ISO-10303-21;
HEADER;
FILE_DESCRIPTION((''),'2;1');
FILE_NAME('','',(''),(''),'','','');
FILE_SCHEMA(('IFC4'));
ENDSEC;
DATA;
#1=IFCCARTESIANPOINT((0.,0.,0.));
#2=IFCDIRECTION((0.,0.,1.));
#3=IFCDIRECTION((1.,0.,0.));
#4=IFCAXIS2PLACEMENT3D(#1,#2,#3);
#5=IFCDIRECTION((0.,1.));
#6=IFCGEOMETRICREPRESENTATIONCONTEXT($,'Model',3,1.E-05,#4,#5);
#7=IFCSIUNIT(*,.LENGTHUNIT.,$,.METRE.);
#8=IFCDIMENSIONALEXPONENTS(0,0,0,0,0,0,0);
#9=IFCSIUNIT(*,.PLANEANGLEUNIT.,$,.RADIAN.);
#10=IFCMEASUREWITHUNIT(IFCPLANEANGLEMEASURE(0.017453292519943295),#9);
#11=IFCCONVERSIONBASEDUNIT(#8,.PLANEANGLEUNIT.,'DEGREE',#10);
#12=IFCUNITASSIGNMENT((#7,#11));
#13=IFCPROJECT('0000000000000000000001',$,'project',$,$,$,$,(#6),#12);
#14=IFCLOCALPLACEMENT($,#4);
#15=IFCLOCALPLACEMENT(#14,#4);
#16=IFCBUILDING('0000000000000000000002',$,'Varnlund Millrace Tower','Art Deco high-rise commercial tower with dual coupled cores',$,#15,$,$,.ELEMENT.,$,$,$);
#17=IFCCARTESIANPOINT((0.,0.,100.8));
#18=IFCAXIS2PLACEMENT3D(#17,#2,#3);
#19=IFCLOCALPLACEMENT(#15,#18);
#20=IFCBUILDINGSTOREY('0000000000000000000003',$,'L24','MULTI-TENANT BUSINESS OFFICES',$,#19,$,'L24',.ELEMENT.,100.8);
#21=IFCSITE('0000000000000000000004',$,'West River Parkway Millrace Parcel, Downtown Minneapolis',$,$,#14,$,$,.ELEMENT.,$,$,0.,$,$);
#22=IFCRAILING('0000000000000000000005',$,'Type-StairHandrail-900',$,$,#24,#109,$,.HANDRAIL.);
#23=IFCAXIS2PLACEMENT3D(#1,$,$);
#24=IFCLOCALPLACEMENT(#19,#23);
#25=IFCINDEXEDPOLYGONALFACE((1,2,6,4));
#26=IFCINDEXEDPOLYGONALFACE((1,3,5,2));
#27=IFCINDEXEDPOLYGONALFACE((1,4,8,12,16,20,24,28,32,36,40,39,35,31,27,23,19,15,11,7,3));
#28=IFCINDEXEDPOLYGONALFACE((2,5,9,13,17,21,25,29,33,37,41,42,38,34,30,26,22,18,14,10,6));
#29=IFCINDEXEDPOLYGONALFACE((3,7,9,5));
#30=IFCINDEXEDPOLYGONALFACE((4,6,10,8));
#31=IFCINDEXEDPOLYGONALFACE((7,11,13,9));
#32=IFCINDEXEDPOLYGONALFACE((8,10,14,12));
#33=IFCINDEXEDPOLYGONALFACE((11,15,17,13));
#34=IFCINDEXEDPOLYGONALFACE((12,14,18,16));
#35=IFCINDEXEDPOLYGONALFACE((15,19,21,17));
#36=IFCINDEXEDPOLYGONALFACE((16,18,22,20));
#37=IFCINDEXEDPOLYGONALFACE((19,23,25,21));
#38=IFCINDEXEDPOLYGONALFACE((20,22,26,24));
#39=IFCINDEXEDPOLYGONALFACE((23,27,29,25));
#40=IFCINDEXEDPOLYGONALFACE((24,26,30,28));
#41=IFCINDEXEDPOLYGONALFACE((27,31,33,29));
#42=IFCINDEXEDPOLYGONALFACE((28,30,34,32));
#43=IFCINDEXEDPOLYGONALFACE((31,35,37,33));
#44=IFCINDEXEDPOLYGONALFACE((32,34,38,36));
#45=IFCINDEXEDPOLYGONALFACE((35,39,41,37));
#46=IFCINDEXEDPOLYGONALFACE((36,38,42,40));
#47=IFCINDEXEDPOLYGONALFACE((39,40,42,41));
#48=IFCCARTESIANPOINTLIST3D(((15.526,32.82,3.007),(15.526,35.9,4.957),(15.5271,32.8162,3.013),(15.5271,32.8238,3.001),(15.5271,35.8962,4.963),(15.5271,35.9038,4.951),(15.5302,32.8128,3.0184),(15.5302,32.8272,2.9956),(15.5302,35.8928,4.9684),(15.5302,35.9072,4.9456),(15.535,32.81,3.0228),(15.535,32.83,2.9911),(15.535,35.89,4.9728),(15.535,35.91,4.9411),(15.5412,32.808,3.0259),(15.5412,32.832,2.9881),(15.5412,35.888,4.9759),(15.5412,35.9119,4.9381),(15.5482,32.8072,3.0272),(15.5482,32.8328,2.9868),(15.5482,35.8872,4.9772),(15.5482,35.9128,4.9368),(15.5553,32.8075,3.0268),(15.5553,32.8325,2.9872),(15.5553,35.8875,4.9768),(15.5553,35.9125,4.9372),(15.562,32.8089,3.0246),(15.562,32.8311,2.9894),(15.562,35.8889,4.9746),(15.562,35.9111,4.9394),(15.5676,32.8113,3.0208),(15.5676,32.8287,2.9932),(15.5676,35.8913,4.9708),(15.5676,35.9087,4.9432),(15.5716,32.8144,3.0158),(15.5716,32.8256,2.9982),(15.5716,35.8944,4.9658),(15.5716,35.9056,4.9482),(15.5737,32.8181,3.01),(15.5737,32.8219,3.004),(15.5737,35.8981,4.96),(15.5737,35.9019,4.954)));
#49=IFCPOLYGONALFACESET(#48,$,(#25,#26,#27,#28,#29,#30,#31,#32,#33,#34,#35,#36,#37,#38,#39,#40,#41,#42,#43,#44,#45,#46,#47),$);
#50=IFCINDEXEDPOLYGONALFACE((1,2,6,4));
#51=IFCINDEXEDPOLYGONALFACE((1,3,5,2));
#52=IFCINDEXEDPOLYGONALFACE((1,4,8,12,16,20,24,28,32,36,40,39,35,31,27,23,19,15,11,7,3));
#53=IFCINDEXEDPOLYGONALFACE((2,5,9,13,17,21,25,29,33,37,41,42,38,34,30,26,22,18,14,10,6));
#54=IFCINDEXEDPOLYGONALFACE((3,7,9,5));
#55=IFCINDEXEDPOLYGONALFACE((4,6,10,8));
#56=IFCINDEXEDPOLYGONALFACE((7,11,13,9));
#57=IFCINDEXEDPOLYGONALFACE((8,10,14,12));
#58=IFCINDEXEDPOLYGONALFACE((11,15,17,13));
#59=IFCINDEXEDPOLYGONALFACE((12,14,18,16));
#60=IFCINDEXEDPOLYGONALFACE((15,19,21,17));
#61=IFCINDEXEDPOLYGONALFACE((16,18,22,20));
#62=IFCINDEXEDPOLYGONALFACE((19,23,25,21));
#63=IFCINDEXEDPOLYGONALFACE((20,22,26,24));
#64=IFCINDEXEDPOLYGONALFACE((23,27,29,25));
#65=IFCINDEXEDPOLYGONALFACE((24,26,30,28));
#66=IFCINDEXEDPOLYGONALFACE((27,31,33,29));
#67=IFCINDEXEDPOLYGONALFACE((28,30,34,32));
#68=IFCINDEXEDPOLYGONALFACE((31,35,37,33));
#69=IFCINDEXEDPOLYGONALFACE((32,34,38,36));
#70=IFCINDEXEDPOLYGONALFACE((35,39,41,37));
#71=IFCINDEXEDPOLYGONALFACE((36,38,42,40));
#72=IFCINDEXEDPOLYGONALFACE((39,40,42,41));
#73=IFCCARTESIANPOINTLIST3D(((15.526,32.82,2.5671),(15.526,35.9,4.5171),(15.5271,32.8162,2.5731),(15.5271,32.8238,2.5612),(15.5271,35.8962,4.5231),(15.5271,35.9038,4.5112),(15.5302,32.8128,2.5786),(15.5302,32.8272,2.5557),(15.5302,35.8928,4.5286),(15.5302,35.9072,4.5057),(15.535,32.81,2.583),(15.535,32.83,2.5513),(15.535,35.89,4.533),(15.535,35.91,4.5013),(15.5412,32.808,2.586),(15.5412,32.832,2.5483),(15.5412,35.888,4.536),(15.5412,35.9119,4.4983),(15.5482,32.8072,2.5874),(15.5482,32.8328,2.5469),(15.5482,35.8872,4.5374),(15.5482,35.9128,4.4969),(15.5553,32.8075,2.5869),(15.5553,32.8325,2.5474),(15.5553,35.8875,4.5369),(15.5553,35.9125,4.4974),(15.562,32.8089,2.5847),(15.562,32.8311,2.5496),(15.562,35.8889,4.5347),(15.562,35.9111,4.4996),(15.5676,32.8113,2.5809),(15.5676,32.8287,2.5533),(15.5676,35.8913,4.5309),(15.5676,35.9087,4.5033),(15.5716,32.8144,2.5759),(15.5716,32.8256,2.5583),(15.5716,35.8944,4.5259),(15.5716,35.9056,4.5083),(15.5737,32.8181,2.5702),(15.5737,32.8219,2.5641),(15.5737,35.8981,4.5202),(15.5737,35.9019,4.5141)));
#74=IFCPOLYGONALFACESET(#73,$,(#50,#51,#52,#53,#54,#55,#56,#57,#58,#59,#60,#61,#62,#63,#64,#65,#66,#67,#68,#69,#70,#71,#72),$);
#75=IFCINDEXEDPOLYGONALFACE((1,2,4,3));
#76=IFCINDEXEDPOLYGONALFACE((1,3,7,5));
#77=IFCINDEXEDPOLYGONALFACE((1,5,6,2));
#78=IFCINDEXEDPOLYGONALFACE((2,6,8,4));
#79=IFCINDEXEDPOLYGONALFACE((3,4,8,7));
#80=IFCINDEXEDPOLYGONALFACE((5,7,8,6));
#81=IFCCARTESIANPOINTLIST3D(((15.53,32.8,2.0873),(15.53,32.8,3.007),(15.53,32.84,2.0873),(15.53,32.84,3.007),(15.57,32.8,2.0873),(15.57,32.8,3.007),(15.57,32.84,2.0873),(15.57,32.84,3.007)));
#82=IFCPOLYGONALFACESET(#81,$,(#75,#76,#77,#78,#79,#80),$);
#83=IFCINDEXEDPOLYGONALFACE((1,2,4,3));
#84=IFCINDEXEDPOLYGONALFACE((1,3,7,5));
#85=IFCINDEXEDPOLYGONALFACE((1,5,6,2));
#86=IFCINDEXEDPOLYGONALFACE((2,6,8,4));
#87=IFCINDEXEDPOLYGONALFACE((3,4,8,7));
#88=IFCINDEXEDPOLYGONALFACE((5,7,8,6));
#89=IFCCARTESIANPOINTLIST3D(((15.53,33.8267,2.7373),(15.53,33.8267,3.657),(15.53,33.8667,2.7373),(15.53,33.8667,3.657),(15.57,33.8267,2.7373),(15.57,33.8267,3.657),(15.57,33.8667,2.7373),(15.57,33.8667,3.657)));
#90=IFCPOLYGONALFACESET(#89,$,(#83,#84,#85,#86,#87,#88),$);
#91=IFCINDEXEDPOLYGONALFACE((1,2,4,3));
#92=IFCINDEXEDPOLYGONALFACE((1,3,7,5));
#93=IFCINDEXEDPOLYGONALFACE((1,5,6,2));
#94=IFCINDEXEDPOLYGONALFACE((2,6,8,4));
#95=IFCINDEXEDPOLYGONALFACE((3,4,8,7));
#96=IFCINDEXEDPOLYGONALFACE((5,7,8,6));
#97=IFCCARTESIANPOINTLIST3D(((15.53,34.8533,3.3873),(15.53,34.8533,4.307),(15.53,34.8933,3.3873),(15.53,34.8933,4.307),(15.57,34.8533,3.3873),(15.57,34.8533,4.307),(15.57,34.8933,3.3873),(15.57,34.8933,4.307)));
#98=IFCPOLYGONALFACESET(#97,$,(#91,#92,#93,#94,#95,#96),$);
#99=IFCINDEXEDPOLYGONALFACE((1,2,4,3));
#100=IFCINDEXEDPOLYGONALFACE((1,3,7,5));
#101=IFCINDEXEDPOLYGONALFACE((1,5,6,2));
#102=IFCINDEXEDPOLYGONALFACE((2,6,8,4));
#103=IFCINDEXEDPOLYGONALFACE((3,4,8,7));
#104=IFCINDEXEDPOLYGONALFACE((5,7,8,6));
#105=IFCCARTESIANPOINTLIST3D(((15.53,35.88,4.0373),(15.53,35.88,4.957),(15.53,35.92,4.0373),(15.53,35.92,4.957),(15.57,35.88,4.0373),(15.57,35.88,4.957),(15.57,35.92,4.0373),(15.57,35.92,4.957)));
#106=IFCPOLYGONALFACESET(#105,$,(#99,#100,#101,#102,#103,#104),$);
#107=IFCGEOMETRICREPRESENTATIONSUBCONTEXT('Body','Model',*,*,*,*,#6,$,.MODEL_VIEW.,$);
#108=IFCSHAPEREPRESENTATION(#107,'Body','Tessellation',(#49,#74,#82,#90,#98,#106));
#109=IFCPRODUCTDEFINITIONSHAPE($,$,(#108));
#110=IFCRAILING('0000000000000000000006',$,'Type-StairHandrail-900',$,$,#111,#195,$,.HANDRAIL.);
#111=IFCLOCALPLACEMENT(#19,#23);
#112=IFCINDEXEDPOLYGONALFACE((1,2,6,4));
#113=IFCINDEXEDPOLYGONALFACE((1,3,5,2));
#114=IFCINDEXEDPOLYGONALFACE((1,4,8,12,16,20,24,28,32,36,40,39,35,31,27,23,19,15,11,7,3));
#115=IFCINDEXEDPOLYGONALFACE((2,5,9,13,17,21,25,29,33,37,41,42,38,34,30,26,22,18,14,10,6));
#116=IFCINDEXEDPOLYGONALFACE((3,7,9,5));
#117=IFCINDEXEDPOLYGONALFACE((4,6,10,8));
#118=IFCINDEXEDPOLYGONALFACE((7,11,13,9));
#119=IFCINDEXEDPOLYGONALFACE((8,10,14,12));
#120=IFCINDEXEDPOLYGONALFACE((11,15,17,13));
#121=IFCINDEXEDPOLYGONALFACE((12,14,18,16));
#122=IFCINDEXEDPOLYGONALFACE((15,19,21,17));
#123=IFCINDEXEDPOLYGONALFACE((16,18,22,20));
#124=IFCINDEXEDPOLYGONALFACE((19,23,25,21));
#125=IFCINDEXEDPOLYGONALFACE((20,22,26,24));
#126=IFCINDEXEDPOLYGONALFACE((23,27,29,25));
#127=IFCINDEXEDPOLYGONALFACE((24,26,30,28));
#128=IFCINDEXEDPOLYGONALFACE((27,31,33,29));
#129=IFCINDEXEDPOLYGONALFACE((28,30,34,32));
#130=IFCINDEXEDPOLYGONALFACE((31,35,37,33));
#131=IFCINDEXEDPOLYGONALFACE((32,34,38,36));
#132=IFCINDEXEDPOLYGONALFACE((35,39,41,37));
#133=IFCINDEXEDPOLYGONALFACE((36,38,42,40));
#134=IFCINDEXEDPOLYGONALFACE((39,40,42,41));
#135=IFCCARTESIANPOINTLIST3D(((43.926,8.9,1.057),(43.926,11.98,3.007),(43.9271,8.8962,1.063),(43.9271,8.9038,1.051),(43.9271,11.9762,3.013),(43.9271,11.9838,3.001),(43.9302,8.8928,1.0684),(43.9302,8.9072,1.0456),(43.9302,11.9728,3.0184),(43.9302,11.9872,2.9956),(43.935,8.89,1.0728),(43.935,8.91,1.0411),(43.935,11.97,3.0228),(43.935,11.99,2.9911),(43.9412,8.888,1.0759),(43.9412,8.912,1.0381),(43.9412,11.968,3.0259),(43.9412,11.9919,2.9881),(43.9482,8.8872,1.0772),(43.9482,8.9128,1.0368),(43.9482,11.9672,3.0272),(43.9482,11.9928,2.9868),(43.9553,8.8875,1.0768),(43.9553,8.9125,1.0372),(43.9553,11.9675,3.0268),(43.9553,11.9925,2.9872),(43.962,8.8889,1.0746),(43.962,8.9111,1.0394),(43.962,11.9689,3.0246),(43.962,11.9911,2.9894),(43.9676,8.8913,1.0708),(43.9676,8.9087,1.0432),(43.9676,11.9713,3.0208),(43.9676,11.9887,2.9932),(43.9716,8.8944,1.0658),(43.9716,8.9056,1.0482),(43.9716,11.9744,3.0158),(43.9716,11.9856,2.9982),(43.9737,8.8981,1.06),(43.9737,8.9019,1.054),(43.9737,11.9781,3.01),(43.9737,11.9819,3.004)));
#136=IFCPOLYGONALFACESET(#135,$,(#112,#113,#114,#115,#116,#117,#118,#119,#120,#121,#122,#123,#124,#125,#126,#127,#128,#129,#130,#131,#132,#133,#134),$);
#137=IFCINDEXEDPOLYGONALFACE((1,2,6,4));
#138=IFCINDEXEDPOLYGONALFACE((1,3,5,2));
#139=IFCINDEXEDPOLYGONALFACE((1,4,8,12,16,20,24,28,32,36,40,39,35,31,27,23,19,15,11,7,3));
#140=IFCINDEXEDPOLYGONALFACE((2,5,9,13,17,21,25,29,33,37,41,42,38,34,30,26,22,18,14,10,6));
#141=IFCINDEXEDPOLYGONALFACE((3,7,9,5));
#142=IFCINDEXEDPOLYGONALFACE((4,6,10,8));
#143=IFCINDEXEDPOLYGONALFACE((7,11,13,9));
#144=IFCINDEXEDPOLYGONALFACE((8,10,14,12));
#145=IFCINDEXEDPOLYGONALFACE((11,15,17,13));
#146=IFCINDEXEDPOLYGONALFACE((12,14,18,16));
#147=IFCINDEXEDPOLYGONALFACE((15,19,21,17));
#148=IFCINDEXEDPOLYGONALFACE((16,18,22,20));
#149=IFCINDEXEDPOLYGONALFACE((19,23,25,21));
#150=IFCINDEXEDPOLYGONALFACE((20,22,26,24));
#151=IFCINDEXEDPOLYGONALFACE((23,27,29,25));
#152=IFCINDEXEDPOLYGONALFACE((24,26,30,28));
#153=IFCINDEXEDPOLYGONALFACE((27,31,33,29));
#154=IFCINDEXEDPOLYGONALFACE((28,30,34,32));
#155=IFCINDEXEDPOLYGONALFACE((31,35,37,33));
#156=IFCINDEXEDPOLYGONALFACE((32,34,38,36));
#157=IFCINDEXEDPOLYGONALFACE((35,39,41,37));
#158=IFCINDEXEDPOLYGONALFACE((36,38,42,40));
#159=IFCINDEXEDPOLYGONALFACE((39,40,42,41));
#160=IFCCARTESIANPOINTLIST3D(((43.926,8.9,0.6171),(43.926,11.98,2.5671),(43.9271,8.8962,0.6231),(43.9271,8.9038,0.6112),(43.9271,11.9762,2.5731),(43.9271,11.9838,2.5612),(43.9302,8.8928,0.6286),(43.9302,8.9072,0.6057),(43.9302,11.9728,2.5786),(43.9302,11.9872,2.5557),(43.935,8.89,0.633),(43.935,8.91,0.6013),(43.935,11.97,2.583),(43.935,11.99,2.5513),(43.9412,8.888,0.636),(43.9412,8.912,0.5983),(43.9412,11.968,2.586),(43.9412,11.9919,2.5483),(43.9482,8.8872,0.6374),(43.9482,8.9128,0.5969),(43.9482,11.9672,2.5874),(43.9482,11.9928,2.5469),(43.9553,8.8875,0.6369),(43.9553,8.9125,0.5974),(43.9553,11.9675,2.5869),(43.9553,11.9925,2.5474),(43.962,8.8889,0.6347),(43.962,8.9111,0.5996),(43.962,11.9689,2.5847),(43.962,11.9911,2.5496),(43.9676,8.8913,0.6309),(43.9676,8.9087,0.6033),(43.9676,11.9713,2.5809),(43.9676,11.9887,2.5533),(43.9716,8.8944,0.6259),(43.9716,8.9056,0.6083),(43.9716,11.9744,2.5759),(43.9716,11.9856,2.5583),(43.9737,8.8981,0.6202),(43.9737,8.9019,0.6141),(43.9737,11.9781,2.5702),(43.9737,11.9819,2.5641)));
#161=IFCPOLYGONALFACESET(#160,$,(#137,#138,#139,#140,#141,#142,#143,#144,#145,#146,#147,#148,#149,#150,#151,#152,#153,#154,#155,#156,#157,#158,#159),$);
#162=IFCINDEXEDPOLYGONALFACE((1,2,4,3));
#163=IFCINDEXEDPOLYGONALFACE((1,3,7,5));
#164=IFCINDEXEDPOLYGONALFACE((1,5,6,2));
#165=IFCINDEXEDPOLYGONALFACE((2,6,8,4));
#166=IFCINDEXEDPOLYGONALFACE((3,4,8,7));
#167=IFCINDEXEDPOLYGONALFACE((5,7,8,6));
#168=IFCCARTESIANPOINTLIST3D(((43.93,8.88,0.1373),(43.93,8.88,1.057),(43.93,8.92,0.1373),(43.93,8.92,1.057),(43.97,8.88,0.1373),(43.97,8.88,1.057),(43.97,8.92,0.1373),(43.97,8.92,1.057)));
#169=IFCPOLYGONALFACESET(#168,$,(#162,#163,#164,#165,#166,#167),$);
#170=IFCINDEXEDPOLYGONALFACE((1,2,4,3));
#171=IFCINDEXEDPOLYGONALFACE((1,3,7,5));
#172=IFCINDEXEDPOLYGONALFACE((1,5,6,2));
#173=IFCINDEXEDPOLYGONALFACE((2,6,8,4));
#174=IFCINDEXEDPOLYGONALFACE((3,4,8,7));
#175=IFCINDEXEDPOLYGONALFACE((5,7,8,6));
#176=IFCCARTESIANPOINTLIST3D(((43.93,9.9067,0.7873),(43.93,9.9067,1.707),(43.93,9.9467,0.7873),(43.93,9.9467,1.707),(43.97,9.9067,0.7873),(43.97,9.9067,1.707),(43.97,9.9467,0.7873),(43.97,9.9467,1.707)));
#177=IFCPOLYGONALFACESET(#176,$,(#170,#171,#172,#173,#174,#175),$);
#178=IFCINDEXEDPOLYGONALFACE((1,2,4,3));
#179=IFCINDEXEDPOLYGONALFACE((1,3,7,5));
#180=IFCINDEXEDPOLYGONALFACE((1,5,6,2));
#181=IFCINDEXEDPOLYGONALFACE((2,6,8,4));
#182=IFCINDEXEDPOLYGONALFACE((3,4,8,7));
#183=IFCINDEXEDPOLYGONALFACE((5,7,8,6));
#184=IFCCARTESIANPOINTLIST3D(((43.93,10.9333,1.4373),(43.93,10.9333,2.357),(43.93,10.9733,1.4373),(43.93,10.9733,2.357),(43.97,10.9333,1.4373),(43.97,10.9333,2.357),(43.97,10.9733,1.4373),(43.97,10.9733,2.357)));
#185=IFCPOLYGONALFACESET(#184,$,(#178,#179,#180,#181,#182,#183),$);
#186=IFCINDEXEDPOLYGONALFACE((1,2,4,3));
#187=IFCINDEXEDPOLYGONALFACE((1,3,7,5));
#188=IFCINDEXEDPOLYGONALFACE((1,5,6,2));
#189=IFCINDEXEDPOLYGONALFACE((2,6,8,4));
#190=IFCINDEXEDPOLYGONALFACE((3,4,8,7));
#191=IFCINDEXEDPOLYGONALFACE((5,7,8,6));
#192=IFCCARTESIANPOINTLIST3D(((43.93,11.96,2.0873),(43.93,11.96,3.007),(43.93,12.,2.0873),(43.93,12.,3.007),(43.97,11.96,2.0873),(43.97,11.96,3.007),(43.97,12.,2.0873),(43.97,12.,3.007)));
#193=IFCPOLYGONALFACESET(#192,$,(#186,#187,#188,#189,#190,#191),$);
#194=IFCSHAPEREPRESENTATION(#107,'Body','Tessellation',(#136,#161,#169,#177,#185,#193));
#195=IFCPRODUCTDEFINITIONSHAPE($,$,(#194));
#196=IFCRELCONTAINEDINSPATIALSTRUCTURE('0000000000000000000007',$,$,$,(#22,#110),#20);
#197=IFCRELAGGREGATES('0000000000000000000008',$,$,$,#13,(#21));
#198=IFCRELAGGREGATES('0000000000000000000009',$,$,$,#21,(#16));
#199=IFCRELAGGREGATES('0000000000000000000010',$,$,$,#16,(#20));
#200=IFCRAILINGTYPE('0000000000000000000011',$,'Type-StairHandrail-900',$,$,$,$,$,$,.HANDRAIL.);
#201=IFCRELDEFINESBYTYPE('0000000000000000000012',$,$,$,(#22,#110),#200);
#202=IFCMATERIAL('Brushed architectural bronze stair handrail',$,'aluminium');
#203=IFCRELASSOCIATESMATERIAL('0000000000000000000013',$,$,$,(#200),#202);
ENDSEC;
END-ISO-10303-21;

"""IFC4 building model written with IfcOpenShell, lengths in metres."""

from ifc_helpers import new_model, entity, si_unit, converted_unit, direction, frame, origin_with_axes, origin_2d_with_axis, place, context, subcontext, project, spatial, rectangle, circle, extrude, material, type_object, element, save


model = new_model("IFC4")

# Units and contexts
model_context = context("Model", 3, precision=1e-05, world=origin_with_axes(), true_north=direction((0.0, 1.0)))
body_context = subcontext(model_context, "Body", "Model", "MODEL_VIEW")
ifc_project = project(units=[si_unit("LENGTHUNIT", "METRE"), converted_unit("PLANEANGLEUNIT", "DEGREE", entity("IfcPlaneAngleMeasure", 0.017453292519943295), si_unit("PLANEANGLEUNIT", "RADIAN"), dimensions=[0, 0, 0, 0, 0, 0, 0])], contexts=[model_context])

# Site, building, storey
site_placement = place(None, origin_with_axes())
site = spatial("IfcSite", under=ifc_project, at=site_placement, Name="West River Parkway Millrace Parcel, Downtown Minneapolis", CompositionType="ELEMENT", RefElevation=0.0)
building_placement = place(site_placement, origin_with_axes())
building = spatial("IfcBuilding", under=site, at=building_placement, Name="Varnlund Millrace Tower", Description="Art Deco high-rise commercial tower with dual coupled cores", CompositionType="ELEMENT")
storey_placement = place(building_placement, frame((0.0, 0.0, 100.8), z_axis=(0.0, 0.0, 1.0), x_axis=(1.0, 0.0, 0.0)))
storey = spatial("IfcBuildingStorey", under=building, at=storey_placement, Name="L24", Description="MULTI-TENANT BUSINESS OFFICES", LongName="L24", CompositionType="ELEMENT", Elevation=100.8)

# Railings
ifc_material_1 = material(Name="Brushed architectural bronze stair handrail", Category="aluminium")
railing_type_1 = type_object("IfcRailingType", Name="Type-StairHandrail-900", PredefinedType="HANDRAIL", material=ifc_material_1)
railing_1_placement = place(storey_placement, frame((0.0, 0.0, -100.8), z_axis=(0.0, 0.0, 1.0), x_axis=(1.0, 0.0, 0.0)))
element("IfcRailing", 1, at=railing_1_placement, inside=storey, type_object=railing_type_1, Name="Type-StairHandrail-900", PredefinedType="HANDRAIL", context=body_context, shape_type="SweptSolid", body=[
    extrude(circle(Radius=0.024, at=origin_2d_with_axis()), frame((15.55, 32.82, 103.807), z_axis=(0.0, 0.844902, 0.534922), x_axis=(-1.0, 0.0, 0.0)), (0.0, 0.0, 1.0), 3.6454),
    extrude(circle(Radius=0.024, at=origin_2d_with_axis()), frame((15.55, 32.82, 103.3671), z_axis=(0.0, 0.844902, 0.534922), x_axis=(-1.0, 0.0, 0.0)), (0.0, 0.0, 1.0), 3.6454),
    extrude(rectangle(XDim=0.04, YDim=0.04, at=origin_2d_with_axis()), frame((15.55, 32.82, 102.8873), z_axis=(0.0, 0.0, 1.0), x_axis=(1.0, 0.0, 0.0)), (0.0, 0.0, 1.0), 0.9197),
    extrude(rectangle(XDim=0.04, YDim=0.04, at=origin_2d_with_axis()), frame((15.55, 33.8467, 103.5373), z_axis=(0.0, 0.0, 1.0), x_axis=(1.0, 0.0, 0.0)), (0.0, 0.0, 1.0), 0.9197),
    extrude(rectangle(XDim=0.04, YDim=0.04, at=origin_2d_with_axis()), frame((15.55, 34.8733, 104.1873), z_axis=(0.0, 0.0, 1.0), x_axis=(1.0, 0.0, 0.0)), (0.0, 0.0, 1.0), 0.9197),
    extrude(rectangle(XDim=0.04, YDim=0.04, at=origin_2d_with_axis()), frame((15.55, 35.9, 104.8373), z_axis=(0.0, 0.0, 1.0), x_axis=(1.0, 0.0, 0.0)), (0.0, 0.0, 1.0), 0.9197),
])
railing_2_placement = place(storey_placement, frame((0.0, 0.0, -100.8), z_axis=(0.0, 0.0, 1.0), x_axis=(1.0, 0.0, 0.0)))
element("IfcRailing", 2, at=railing_2_placement, inside=storey, type_object=railing_type_1, Name="Type-StairHandrail-900", PredefinedType="HANDRAIL", context=body_context, shape_type="SweptSolid", body=[
    extrude(circle(Radius=0.024, at=origin_2d_with_axis()), frame((43.95, 8.9, 101.857), z_axis=(0.0, 0.844902, 0.534922), x_axis=(-1.0, 0.0, 0.0)), (0.0, 0.0, 1.0), 3.6454),
    extrude(circle(Radius=0.024, at=origin_2d_with_axis()), frame((43.95, 8.9, 101.4171), z_axis=(0.0, 0.844902, 0.534922), x_axis=(-1.0, 0.0, 0.0)), (0.0, 0.0, 1.0), 3.6454),
    extrude(rectangle(XDim=0.04, YDim=0.04, at=origin_2d_with_axis()), frame((43.95, 8.9, 100.9373), z_axis=(0.0, 0.0, 1.0), x_axis=(1.0, 0.0, 0.0)), (0.0, 0.0, 1.0), 0.9197),
    extrude(rectangle(XDim=0.04, YDim=0.04, at=origin_2d_with_axis()), frame((43.95, 9.9267, 101.5873), z_axis=(0.0, 0.0, 1.0), x_axis=(1.0, 0.0, 0.0)), (0.0, 0.0, 1.0), 0.9197),
    extrude(rectangle(XDim=0.04, YDim=0.04, at=origin_2d_with_axis()), frame((43.95, 10.9533, 102.2373), z_axis=(0.0, 0.0, 1.0), x_axis=(1.0, 0.0, 0.0)), (0.0, 0.0, 1.0), 0.9197),
    extrude(rectangle(XDim=0.04, YDim=0.04, at=origin_2d_with_axis()), frame((43.95, 11.98, 102.8873), z_axis=(0.0, 0.0, 1.0), x_axis=(1.0, 0.0, 0.0)), (0.0, 0.0, 1.0), 0.9197),
])

save(model, "model.ifc")
